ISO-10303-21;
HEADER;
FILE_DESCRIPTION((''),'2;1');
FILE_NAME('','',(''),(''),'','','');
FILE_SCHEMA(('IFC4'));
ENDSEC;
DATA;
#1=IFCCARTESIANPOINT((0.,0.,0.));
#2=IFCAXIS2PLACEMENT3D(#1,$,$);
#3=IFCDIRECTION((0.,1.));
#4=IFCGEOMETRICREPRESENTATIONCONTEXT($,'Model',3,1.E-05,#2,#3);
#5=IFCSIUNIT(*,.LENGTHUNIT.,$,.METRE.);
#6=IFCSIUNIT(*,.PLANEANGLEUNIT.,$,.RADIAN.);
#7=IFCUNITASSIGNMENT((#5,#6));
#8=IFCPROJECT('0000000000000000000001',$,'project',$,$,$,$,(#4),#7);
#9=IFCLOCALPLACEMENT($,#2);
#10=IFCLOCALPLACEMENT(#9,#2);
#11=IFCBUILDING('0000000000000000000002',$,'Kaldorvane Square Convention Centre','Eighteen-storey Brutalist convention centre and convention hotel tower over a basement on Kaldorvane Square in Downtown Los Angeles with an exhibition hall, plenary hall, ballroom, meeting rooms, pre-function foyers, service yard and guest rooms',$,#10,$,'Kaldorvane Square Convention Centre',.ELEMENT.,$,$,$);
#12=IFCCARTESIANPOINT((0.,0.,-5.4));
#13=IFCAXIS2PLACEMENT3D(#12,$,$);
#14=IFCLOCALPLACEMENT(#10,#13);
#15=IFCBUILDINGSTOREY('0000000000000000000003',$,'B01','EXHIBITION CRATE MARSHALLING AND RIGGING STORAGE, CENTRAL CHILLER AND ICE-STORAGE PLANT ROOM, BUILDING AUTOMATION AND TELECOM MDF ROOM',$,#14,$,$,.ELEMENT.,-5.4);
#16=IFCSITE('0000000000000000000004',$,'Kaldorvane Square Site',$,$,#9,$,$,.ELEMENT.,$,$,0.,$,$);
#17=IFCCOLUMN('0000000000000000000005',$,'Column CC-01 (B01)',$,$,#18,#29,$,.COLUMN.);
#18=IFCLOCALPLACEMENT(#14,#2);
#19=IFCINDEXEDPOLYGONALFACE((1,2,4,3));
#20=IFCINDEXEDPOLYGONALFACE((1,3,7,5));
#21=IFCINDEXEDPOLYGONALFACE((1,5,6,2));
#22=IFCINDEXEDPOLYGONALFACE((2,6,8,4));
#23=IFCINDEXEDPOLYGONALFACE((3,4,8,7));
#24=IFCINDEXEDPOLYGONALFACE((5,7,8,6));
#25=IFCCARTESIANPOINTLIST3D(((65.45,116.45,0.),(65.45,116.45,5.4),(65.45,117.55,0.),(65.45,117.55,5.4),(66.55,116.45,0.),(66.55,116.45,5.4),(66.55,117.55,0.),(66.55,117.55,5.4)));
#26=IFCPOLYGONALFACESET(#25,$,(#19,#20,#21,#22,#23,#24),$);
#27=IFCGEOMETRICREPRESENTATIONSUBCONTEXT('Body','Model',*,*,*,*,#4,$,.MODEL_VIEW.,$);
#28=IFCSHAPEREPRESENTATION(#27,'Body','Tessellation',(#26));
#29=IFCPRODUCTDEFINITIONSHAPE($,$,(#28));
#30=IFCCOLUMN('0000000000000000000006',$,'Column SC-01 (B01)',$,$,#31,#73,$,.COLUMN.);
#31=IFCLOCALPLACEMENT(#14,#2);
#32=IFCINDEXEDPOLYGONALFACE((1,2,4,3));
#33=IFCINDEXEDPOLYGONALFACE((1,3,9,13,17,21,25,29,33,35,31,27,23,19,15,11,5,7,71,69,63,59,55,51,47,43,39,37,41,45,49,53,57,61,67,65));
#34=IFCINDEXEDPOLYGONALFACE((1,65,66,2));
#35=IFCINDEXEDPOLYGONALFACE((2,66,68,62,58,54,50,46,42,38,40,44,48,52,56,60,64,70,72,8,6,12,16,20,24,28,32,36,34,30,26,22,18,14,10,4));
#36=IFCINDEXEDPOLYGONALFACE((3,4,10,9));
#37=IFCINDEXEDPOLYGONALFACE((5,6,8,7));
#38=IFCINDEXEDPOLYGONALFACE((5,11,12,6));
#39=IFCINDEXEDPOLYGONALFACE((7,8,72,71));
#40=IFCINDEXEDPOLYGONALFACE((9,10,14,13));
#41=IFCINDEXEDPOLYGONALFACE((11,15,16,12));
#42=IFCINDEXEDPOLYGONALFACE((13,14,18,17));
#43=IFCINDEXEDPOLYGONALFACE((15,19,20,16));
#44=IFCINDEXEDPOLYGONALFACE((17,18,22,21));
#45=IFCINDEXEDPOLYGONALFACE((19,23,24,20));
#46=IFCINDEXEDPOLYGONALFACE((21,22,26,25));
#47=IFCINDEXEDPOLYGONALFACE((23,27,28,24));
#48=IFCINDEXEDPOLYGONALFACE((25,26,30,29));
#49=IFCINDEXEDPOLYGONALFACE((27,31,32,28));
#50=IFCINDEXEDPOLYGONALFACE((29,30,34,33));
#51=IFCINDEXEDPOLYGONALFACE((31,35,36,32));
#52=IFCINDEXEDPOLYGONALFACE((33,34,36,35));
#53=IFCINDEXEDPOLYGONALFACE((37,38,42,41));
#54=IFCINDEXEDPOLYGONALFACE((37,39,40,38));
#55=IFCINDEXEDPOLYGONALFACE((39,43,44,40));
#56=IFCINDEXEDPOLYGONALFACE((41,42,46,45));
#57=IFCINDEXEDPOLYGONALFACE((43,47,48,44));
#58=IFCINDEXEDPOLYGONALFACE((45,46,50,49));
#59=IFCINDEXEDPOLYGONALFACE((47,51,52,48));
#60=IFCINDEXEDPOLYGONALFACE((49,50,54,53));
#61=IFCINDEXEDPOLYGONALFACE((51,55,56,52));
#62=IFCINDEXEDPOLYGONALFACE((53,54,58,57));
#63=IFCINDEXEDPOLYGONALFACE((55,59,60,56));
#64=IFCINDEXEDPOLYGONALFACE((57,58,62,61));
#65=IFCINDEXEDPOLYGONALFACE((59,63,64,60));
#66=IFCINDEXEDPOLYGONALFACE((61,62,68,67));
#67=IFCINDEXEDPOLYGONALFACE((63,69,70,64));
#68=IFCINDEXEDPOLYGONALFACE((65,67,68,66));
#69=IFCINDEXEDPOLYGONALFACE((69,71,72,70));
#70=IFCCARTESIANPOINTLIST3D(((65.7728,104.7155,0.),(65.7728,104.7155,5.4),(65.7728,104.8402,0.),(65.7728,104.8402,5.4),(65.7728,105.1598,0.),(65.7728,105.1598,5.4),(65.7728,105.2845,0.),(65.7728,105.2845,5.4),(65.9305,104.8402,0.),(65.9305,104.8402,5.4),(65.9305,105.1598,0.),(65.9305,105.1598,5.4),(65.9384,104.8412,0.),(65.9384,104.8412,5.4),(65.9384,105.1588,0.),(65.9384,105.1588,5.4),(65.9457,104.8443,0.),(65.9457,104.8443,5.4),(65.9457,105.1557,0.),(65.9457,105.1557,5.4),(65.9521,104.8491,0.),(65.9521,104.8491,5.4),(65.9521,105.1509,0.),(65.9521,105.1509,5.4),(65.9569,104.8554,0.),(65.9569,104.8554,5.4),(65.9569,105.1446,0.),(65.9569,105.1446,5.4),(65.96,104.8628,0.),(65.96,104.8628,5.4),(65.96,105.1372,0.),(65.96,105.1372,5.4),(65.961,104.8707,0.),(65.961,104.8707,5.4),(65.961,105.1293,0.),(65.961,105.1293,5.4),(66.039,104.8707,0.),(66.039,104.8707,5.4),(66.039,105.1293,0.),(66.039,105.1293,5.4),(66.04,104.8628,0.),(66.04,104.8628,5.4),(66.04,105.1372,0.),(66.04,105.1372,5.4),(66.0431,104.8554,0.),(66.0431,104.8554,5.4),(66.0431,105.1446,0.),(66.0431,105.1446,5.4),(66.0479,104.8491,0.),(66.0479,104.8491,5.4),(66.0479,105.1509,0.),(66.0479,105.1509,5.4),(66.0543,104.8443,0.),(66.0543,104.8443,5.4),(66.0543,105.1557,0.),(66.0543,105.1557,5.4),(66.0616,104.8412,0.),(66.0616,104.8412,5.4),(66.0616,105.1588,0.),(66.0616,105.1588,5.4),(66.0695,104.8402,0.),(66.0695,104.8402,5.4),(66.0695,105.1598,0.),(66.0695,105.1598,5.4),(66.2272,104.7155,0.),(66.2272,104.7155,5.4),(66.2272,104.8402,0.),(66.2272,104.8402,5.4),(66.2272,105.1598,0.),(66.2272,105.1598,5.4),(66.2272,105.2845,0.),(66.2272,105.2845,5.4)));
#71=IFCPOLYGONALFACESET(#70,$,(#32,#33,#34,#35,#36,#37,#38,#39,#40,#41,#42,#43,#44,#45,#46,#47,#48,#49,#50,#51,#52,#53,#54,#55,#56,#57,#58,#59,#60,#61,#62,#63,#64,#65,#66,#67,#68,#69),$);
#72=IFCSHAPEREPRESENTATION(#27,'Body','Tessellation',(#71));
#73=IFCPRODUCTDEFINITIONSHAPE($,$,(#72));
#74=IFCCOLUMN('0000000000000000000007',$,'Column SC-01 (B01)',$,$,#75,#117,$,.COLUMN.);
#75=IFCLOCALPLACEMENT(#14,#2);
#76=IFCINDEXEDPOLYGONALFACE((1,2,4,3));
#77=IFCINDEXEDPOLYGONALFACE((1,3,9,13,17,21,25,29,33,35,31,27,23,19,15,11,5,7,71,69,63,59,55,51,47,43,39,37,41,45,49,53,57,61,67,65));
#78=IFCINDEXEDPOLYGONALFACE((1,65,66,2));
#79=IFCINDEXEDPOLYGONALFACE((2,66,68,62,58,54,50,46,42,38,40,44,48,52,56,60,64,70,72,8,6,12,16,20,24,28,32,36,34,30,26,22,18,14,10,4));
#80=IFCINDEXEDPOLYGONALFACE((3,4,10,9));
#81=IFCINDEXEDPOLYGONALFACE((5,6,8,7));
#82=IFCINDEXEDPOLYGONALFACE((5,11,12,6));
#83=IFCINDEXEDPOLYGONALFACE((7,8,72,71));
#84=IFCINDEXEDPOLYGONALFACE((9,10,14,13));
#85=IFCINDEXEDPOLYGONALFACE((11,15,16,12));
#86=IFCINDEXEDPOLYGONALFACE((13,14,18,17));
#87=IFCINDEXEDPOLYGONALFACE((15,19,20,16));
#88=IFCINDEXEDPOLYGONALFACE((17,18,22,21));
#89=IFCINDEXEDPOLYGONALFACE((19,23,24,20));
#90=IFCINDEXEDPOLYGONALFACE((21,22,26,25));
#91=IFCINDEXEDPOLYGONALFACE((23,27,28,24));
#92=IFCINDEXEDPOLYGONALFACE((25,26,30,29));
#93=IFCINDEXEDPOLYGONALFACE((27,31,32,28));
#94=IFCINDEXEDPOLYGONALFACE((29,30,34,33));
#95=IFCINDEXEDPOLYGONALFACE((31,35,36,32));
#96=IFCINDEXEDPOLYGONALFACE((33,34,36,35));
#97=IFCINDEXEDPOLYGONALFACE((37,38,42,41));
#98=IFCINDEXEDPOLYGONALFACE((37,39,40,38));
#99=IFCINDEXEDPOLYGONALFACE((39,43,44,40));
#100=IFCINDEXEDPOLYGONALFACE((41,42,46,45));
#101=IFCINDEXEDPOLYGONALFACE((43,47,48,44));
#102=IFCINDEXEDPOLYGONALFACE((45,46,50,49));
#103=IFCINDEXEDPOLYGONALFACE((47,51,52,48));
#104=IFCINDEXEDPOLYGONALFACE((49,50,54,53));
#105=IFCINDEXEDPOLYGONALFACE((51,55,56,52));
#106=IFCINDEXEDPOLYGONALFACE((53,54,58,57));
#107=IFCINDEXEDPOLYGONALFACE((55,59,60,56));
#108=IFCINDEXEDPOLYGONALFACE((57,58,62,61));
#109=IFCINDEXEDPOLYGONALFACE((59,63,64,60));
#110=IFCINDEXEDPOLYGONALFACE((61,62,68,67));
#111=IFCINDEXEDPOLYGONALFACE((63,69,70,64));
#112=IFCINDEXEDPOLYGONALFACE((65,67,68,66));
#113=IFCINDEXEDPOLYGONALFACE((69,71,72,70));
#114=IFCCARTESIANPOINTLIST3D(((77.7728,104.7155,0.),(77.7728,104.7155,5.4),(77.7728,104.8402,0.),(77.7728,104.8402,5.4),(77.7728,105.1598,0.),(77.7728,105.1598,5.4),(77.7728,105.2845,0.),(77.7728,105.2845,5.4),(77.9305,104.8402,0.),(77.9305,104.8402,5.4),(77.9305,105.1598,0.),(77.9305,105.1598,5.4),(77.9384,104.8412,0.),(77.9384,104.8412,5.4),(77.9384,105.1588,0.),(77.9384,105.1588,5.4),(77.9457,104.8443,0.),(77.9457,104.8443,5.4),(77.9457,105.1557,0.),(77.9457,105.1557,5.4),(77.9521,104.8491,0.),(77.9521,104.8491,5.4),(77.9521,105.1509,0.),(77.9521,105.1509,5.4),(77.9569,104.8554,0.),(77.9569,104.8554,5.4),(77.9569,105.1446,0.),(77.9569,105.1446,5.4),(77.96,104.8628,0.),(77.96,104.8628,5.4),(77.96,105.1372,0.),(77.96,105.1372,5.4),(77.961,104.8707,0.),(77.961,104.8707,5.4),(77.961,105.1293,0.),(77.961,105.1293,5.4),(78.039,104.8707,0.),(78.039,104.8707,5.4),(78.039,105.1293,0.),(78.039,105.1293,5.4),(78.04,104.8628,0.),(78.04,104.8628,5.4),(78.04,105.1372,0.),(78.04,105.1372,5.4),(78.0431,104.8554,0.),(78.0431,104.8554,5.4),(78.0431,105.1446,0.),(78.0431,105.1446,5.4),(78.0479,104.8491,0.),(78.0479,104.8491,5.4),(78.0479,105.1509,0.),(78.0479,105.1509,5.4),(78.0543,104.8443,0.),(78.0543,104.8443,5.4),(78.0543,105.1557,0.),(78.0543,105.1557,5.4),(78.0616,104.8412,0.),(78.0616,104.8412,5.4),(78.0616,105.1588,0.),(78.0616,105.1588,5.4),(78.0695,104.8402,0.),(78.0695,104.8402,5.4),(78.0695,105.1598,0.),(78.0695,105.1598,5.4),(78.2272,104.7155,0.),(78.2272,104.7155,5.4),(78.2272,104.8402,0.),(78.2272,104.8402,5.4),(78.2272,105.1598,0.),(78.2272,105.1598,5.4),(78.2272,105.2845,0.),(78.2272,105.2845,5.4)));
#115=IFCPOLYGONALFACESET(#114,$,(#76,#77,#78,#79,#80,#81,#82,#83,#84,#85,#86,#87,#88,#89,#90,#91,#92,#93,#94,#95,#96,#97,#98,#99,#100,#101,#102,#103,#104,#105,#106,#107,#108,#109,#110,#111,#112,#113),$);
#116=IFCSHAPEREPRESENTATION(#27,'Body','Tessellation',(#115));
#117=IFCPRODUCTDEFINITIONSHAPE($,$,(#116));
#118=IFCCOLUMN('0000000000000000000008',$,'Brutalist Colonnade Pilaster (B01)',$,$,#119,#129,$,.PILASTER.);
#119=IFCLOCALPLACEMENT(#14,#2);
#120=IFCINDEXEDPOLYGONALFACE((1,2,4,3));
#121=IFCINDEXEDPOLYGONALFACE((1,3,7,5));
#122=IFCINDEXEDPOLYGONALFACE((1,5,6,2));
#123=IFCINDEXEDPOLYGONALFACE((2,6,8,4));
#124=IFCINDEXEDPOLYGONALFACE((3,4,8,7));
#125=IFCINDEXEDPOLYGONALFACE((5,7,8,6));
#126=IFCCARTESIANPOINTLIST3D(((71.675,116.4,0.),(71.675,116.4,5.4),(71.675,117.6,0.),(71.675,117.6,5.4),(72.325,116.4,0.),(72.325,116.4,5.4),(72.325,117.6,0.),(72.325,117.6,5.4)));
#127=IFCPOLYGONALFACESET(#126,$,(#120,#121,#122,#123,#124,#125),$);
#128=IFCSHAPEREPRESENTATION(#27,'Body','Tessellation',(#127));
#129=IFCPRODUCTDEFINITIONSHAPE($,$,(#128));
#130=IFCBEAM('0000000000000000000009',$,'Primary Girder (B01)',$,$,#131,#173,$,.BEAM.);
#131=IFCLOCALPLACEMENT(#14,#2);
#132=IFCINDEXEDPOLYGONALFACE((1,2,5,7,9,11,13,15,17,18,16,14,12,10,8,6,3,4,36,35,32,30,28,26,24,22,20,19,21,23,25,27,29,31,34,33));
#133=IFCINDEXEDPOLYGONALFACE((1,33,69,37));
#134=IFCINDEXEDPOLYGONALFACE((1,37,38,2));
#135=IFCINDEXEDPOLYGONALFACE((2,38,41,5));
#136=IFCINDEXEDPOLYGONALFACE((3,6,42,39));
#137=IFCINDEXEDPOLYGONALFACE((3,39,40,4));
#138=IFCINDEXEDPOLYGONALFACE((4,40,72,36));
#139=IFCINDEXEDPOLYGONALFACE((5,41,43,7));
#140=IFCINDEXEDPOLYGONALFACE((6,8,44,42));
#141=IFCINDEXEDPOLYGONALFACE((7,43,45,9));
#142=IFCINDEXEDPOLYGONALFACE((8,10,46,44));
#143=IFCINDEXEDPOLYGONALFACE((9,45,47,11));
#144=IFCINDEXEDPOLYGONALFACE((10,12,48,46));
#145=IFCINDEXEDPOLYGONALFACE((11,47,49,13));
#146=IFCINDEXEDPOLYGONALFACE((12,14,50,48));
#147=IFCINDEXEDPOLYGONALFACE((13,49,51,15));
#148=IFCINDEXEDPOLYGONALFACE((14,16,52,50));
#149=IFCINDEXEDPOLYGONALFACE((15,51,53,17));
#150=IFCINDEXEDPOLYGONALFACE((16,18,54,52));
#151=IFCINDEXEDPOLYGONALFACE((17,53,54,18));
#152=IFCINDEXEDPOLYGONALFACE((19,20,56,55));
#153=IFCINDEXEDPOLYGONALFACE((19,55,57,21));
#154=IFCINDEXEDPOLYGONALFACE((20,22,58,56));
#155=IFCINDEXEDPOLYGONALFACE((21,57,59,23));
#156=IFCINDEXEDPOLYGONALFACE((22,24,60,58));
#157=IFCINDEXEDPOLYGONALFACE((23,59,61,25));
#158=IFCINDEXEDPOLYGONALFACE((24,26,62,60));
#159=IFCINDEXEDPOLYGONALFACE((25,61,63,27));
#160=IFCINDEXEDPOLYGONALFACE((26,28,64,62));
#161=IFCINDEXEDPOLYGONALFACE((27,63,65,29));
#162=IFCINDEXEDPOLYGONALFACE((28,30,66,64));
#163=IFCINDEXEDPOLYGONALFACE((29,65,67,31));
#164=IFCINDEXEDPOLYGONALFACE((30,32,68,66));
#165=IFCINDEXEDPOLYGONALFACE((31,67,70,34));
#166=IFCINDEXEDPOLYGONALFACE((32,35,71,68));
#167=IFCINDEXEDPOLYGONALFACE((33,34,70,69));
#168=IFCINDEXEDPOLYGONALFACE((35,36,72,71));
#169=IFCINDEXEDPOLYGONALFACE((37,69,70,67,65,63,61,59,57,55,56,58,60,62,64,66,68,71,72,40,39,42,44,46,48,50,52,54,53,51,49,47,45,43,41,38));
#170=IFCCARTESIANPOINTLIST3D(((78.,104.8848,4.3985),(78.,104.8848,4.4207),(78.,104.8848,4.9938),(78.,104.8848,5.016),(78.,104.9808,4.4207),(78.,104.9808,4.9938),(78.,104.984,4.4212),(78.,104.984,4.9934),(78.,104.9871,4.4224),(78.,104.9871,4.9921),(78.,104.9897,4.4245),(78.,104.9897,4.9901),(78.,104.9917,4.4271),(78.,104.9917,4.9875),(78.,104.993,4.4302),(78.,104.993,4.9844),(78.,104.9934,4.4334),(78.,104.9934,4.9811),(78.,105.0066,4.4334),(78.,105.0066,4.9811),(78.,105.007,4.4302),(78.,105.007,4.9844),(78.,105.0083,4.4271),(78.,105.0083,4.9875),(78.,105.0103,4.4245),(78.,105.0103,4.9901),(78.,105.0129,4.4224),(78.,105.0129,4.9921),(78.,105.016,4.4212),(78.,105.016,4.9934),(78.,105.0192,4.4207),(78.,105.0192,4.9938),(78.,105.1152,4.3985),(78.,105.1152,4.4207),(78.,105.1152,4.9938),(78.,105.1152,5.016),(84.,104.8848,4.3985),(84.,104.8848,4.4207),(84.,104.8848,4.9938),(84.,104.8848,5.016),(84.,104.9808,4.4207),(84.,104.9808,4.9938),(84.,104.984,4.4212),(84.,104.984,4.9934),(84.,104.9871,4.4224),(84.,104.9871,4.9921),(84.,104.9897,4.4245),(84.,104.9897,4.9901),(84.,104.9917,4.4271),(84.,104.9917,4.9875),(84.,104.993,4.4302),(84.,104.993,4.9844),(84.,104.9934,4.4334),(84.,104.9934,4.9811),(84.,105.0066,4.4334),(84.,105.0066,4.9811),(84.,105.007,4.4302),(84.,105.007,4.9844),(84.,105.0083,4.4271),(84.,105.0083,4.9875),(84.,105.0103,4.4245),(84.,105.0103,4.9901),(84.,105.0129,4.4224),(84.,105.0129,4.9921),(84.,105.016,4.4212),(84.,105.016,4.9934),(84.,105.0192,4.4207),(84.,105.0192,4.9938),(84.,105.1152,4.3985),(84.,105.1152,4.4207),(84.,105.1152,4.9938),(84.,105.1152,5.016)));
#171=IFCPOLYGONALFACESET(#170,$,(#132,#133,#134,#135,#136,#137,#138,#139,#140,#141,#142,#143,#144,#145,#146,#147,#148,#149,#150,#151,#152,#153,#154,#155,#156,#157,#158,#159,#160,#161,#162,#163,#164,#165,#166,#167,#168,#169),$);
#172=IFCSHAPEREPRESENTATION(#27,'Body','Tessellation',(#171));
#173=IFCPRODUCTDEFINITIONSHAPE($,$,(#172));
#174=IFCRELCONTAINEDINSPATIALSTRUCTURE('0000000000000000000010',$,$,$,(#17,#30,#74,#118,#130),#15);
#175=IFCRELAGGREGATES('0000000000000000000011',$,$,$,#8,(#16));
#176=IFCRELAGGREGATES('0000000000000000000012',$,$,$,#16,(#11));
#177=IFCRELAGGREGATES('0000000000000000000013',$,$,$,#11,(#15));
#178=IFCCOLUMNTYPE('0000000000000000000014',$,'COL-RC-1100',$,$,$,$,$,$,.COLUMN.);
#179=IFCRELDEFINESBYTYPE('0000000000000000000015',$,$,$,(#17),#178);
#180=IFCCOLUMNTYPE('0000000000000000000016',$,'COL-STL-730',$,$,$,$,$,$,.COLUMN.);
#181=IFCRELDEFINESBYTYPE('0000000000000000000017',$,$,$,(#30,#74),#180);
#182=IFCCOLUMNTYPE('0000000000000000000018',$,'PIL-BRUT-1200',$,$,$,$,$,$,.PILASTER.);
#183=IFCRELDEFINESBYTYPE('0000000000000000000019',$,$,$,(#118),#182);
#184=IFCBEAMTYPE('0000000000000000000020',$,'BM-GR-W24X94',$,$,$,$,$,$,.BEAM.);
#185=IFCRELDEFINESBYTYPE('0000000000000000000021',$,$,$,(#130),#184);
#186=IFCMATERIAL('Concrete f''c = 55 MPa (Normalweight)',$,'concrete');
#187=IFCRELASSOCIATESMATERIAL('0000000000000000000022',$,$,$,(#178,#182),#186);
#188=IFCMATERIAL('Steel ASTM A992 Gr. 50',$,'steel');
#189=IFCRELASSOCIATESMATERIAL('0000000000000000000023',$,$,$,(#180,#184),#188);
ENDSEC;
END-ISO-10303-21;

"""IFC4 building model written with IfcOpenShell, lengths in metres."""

from ifc_helpers import new_model, si_unit, direction, frame, origin, origin_2d, place, context, subcontext, project, spatial, rectangle, i_section, extrude, material, material_profile, profile_set, type_object, element, save


model = new_model("IFC4")

# Units and contexts
model_context = context("Model", 3, precision=1e-05, world=origin(), true_north=direction((0.0, 1.0)))
body_context = subcontext(model_context, "Body", "Model", "MODEL_VIEW")
ifc_project = project(units=[si_unit("LENGTHUNIT", "METRE"), si_unit("PLANEANGLEUNIT", "RADIAN")], contexts=[model_context])

# Site, building, storey
site_placement = place(None, origin())
site = spatial("IfcSite", under=ifc_project, at=site_placement, Name="Kaldorvane Square Site", CompositionType="ELEMENT", RefElevation=0.0)
building_placement = place(site_placement, origin())
building = spatial("IfcBuilding", under=site, at=building_placement, Name="Kaldorvane Square Convention Centre", Description="Eighteen-storey Brutalist convention centre and convention hotel tower over a basement on Kaldorvane Square in Downtown Los Angeles with an exhibition hall, plenary hall, ballroom, meeting rooms, pre-function foyers, service yard and guest rooms", LongName="Kaldorvane Square Convention Centre", CompositionType="ELEMENT")
storey_placement = place(building_placement, frame((0.0, 0.0, -5.4)))
storey = spatial("IfcBuildingStorey", under=building, at=storey_placement, Name="B01", Description="EXHIBITION CRATE MARSHALLING AND RIGGING STORAGE, CENTRAL CHILLER AND ICE-STORAGE PLANT ROOM, BUILDING AUTOMATION AND TELECOM MDF ROOM", CompositionType="ELEMENT", Elevation=-5.4)

# Columns
ifc_material_1 = material(Name="Concrete f'c = 55 MPa (Normalweight)", Category="concrete")
ifc_material_profile_1 = material_profile(ifc_material_1, rectangle(XDim=1.1, YDim=1.1, at=origin_2d()), Name="RC1100X1100")
ifc_profile_set_1 = profile_set([ifc_material_profile_1], Name="Concrete f'c = 55 MPa (Normalweight)")
column_type_1 = type_object("IfcColumnType", Name="COL-RC-1100", PredefinedType="COLUMN", material=ifc_profile_set_1)
column_1_placement = place(storey_placement, frame((66.0, 117.0, 0.0), z_axis=(0.0, 0.0, 1.0), x_axis=(1.0, 0.0, 0.0)))
element("IfcColumn", 1, at=column_1_placement, inside=storey, type_object=column_type_1, Name="Column CC-01 (B01)", PredefinedType="COLUMN", context=body_context, shape_type="SweptSolid", body=[
    extrude(rectangle(XDim=1.1, YDim=1.1, at=origin_2d()), origin(), (0.0, 0.0, 1.0), 5.4),
])
ifc_material_2 = material(Name="Steel ASTM A992 Gr. 50", Category="steel")
ifc_material_profile_2 = material_profile(ifc_material_2, i_section(OverallWidth=0.4544, OverallDepth=0.569, WebThickness=0.078, FlangeThickness=0.1247, FilletRadius=0.0305, at=origin_2d()), Name="W14X730")
ifc_profile_set_2 = profile_set([ifc_material_profile_2], Name="Steel ASTM A992 Gr. 50")
column_type_2 = type_object("IfcColumnType", Name="COL-STL-730", PredefinedType="COLUMN", material=ifc_profile_set_2)
for number, where, z_axis, x_axis, name in (
    (2, (66.0, 105.0, 0.0), (0.0, 0.0, 1.0), (1.0, 0.0, 0.0), "Column SC-01 (B01)"),
    (3, (78.0, 105.0, 0.0), (0.0, 0.0, 1.0), (1.0, 0.0, 0.0), "Column SC-01 (B01)"),
):
    element("IfcColumn", number, at=place(storey_placement, frame(where, z_axis=z_axis, x_axis=x_axis)), inside=storey, type_object=column_type_2, Name=name, PredefinedType="COLUMN", context=body_context, shape_type="SweptSolid", body=[
        extrude(i_section(OverallWidth=0.4544, OverallDepth=0.569, WebThickness=0.078, FlangeThickness=0.1247, FilletRadius=0.0305, at=origin_2d()), origin(), (0.0, 0.0, 1.0), 5.4),
    ])
ifc_material_profile_3 = material_profile(ifc_material_1, rectangle(XDim=0.65, YDim=1.2, at=origin_2d()), Name="PIL1200X650")
ifc_profile_set_3 = profile_set([ifc_material_profile_3], Name="Concrete f'c = 55 MPa (Normalweight)")
column_type_3 = type_object("IfcColumnType", Name="PIL-BRUT-1200", PredefinedType="PILASTER", material=ifc_profile_set_3)
column_2_placement = place(storey_placement, frame((72.0, 117.0, 0.0), z_axis=(0.0, 0.0, 1.0), x_axis=(1.0, 0.0, 0.0)))
element("IfcColumn", 4, at=column_2_placement, inside=storey, type_object=column_type_3, Name="Brutalist Colonnade Pilaster (B01)", PredefinedType="PILASTER", context=body_context, shape_type="SweptSolid", body=[
    extrude(rectangle(XDim=0.65, YDim=1.2, at=origin_2d()), origin(), (0.0, 0.0, 1.0), 5.4),
])

# Beam
ifc_material_profile_4 = material_profile(ifc_material_2, i_section(OverallWidth=0.2303, OverallDepth=0.6175, WebThickness=0.0131, FlangeThickness=0.0222, FilletRadius=0.0127, at=origin_2d()), Name="W24X94")
ifc_profile_set_4 = profile_set([ifc_material_profile_4], Name="Steel ASTM A992 Gr. 50")
beam_type_1 = type_object("IfcBeamType", Name="BM-GR-W24X94", PredefinedType="BEAM", material=ifc_profile_set_4)
beam_1_placement = place(storey_placement, frame((78.0, 105.0, 4.7073), z_axis=(1.0, 0.0, 0.0), x_axis=(0.0, 1.0, 0.0)))
element("IfcBeam", 5, at=beam_1_placement, inside=storey, type_object=beam_type_1, Name="Primary Girder (B01)", PredefinedType="BEAM", context=body_context, shape_type="SweptSolid", body=[
    extrude(i_section(OverallWidth=0.2303, OverallDepth=0.6175, WebThickness=0.0131, FlangeThickness=0.0222, FilletRadius=0.0127, at=origin_2d()), origin(), (0.0, 0.0, 1.0), 6.0),
])

save(model, "model.ifc")
